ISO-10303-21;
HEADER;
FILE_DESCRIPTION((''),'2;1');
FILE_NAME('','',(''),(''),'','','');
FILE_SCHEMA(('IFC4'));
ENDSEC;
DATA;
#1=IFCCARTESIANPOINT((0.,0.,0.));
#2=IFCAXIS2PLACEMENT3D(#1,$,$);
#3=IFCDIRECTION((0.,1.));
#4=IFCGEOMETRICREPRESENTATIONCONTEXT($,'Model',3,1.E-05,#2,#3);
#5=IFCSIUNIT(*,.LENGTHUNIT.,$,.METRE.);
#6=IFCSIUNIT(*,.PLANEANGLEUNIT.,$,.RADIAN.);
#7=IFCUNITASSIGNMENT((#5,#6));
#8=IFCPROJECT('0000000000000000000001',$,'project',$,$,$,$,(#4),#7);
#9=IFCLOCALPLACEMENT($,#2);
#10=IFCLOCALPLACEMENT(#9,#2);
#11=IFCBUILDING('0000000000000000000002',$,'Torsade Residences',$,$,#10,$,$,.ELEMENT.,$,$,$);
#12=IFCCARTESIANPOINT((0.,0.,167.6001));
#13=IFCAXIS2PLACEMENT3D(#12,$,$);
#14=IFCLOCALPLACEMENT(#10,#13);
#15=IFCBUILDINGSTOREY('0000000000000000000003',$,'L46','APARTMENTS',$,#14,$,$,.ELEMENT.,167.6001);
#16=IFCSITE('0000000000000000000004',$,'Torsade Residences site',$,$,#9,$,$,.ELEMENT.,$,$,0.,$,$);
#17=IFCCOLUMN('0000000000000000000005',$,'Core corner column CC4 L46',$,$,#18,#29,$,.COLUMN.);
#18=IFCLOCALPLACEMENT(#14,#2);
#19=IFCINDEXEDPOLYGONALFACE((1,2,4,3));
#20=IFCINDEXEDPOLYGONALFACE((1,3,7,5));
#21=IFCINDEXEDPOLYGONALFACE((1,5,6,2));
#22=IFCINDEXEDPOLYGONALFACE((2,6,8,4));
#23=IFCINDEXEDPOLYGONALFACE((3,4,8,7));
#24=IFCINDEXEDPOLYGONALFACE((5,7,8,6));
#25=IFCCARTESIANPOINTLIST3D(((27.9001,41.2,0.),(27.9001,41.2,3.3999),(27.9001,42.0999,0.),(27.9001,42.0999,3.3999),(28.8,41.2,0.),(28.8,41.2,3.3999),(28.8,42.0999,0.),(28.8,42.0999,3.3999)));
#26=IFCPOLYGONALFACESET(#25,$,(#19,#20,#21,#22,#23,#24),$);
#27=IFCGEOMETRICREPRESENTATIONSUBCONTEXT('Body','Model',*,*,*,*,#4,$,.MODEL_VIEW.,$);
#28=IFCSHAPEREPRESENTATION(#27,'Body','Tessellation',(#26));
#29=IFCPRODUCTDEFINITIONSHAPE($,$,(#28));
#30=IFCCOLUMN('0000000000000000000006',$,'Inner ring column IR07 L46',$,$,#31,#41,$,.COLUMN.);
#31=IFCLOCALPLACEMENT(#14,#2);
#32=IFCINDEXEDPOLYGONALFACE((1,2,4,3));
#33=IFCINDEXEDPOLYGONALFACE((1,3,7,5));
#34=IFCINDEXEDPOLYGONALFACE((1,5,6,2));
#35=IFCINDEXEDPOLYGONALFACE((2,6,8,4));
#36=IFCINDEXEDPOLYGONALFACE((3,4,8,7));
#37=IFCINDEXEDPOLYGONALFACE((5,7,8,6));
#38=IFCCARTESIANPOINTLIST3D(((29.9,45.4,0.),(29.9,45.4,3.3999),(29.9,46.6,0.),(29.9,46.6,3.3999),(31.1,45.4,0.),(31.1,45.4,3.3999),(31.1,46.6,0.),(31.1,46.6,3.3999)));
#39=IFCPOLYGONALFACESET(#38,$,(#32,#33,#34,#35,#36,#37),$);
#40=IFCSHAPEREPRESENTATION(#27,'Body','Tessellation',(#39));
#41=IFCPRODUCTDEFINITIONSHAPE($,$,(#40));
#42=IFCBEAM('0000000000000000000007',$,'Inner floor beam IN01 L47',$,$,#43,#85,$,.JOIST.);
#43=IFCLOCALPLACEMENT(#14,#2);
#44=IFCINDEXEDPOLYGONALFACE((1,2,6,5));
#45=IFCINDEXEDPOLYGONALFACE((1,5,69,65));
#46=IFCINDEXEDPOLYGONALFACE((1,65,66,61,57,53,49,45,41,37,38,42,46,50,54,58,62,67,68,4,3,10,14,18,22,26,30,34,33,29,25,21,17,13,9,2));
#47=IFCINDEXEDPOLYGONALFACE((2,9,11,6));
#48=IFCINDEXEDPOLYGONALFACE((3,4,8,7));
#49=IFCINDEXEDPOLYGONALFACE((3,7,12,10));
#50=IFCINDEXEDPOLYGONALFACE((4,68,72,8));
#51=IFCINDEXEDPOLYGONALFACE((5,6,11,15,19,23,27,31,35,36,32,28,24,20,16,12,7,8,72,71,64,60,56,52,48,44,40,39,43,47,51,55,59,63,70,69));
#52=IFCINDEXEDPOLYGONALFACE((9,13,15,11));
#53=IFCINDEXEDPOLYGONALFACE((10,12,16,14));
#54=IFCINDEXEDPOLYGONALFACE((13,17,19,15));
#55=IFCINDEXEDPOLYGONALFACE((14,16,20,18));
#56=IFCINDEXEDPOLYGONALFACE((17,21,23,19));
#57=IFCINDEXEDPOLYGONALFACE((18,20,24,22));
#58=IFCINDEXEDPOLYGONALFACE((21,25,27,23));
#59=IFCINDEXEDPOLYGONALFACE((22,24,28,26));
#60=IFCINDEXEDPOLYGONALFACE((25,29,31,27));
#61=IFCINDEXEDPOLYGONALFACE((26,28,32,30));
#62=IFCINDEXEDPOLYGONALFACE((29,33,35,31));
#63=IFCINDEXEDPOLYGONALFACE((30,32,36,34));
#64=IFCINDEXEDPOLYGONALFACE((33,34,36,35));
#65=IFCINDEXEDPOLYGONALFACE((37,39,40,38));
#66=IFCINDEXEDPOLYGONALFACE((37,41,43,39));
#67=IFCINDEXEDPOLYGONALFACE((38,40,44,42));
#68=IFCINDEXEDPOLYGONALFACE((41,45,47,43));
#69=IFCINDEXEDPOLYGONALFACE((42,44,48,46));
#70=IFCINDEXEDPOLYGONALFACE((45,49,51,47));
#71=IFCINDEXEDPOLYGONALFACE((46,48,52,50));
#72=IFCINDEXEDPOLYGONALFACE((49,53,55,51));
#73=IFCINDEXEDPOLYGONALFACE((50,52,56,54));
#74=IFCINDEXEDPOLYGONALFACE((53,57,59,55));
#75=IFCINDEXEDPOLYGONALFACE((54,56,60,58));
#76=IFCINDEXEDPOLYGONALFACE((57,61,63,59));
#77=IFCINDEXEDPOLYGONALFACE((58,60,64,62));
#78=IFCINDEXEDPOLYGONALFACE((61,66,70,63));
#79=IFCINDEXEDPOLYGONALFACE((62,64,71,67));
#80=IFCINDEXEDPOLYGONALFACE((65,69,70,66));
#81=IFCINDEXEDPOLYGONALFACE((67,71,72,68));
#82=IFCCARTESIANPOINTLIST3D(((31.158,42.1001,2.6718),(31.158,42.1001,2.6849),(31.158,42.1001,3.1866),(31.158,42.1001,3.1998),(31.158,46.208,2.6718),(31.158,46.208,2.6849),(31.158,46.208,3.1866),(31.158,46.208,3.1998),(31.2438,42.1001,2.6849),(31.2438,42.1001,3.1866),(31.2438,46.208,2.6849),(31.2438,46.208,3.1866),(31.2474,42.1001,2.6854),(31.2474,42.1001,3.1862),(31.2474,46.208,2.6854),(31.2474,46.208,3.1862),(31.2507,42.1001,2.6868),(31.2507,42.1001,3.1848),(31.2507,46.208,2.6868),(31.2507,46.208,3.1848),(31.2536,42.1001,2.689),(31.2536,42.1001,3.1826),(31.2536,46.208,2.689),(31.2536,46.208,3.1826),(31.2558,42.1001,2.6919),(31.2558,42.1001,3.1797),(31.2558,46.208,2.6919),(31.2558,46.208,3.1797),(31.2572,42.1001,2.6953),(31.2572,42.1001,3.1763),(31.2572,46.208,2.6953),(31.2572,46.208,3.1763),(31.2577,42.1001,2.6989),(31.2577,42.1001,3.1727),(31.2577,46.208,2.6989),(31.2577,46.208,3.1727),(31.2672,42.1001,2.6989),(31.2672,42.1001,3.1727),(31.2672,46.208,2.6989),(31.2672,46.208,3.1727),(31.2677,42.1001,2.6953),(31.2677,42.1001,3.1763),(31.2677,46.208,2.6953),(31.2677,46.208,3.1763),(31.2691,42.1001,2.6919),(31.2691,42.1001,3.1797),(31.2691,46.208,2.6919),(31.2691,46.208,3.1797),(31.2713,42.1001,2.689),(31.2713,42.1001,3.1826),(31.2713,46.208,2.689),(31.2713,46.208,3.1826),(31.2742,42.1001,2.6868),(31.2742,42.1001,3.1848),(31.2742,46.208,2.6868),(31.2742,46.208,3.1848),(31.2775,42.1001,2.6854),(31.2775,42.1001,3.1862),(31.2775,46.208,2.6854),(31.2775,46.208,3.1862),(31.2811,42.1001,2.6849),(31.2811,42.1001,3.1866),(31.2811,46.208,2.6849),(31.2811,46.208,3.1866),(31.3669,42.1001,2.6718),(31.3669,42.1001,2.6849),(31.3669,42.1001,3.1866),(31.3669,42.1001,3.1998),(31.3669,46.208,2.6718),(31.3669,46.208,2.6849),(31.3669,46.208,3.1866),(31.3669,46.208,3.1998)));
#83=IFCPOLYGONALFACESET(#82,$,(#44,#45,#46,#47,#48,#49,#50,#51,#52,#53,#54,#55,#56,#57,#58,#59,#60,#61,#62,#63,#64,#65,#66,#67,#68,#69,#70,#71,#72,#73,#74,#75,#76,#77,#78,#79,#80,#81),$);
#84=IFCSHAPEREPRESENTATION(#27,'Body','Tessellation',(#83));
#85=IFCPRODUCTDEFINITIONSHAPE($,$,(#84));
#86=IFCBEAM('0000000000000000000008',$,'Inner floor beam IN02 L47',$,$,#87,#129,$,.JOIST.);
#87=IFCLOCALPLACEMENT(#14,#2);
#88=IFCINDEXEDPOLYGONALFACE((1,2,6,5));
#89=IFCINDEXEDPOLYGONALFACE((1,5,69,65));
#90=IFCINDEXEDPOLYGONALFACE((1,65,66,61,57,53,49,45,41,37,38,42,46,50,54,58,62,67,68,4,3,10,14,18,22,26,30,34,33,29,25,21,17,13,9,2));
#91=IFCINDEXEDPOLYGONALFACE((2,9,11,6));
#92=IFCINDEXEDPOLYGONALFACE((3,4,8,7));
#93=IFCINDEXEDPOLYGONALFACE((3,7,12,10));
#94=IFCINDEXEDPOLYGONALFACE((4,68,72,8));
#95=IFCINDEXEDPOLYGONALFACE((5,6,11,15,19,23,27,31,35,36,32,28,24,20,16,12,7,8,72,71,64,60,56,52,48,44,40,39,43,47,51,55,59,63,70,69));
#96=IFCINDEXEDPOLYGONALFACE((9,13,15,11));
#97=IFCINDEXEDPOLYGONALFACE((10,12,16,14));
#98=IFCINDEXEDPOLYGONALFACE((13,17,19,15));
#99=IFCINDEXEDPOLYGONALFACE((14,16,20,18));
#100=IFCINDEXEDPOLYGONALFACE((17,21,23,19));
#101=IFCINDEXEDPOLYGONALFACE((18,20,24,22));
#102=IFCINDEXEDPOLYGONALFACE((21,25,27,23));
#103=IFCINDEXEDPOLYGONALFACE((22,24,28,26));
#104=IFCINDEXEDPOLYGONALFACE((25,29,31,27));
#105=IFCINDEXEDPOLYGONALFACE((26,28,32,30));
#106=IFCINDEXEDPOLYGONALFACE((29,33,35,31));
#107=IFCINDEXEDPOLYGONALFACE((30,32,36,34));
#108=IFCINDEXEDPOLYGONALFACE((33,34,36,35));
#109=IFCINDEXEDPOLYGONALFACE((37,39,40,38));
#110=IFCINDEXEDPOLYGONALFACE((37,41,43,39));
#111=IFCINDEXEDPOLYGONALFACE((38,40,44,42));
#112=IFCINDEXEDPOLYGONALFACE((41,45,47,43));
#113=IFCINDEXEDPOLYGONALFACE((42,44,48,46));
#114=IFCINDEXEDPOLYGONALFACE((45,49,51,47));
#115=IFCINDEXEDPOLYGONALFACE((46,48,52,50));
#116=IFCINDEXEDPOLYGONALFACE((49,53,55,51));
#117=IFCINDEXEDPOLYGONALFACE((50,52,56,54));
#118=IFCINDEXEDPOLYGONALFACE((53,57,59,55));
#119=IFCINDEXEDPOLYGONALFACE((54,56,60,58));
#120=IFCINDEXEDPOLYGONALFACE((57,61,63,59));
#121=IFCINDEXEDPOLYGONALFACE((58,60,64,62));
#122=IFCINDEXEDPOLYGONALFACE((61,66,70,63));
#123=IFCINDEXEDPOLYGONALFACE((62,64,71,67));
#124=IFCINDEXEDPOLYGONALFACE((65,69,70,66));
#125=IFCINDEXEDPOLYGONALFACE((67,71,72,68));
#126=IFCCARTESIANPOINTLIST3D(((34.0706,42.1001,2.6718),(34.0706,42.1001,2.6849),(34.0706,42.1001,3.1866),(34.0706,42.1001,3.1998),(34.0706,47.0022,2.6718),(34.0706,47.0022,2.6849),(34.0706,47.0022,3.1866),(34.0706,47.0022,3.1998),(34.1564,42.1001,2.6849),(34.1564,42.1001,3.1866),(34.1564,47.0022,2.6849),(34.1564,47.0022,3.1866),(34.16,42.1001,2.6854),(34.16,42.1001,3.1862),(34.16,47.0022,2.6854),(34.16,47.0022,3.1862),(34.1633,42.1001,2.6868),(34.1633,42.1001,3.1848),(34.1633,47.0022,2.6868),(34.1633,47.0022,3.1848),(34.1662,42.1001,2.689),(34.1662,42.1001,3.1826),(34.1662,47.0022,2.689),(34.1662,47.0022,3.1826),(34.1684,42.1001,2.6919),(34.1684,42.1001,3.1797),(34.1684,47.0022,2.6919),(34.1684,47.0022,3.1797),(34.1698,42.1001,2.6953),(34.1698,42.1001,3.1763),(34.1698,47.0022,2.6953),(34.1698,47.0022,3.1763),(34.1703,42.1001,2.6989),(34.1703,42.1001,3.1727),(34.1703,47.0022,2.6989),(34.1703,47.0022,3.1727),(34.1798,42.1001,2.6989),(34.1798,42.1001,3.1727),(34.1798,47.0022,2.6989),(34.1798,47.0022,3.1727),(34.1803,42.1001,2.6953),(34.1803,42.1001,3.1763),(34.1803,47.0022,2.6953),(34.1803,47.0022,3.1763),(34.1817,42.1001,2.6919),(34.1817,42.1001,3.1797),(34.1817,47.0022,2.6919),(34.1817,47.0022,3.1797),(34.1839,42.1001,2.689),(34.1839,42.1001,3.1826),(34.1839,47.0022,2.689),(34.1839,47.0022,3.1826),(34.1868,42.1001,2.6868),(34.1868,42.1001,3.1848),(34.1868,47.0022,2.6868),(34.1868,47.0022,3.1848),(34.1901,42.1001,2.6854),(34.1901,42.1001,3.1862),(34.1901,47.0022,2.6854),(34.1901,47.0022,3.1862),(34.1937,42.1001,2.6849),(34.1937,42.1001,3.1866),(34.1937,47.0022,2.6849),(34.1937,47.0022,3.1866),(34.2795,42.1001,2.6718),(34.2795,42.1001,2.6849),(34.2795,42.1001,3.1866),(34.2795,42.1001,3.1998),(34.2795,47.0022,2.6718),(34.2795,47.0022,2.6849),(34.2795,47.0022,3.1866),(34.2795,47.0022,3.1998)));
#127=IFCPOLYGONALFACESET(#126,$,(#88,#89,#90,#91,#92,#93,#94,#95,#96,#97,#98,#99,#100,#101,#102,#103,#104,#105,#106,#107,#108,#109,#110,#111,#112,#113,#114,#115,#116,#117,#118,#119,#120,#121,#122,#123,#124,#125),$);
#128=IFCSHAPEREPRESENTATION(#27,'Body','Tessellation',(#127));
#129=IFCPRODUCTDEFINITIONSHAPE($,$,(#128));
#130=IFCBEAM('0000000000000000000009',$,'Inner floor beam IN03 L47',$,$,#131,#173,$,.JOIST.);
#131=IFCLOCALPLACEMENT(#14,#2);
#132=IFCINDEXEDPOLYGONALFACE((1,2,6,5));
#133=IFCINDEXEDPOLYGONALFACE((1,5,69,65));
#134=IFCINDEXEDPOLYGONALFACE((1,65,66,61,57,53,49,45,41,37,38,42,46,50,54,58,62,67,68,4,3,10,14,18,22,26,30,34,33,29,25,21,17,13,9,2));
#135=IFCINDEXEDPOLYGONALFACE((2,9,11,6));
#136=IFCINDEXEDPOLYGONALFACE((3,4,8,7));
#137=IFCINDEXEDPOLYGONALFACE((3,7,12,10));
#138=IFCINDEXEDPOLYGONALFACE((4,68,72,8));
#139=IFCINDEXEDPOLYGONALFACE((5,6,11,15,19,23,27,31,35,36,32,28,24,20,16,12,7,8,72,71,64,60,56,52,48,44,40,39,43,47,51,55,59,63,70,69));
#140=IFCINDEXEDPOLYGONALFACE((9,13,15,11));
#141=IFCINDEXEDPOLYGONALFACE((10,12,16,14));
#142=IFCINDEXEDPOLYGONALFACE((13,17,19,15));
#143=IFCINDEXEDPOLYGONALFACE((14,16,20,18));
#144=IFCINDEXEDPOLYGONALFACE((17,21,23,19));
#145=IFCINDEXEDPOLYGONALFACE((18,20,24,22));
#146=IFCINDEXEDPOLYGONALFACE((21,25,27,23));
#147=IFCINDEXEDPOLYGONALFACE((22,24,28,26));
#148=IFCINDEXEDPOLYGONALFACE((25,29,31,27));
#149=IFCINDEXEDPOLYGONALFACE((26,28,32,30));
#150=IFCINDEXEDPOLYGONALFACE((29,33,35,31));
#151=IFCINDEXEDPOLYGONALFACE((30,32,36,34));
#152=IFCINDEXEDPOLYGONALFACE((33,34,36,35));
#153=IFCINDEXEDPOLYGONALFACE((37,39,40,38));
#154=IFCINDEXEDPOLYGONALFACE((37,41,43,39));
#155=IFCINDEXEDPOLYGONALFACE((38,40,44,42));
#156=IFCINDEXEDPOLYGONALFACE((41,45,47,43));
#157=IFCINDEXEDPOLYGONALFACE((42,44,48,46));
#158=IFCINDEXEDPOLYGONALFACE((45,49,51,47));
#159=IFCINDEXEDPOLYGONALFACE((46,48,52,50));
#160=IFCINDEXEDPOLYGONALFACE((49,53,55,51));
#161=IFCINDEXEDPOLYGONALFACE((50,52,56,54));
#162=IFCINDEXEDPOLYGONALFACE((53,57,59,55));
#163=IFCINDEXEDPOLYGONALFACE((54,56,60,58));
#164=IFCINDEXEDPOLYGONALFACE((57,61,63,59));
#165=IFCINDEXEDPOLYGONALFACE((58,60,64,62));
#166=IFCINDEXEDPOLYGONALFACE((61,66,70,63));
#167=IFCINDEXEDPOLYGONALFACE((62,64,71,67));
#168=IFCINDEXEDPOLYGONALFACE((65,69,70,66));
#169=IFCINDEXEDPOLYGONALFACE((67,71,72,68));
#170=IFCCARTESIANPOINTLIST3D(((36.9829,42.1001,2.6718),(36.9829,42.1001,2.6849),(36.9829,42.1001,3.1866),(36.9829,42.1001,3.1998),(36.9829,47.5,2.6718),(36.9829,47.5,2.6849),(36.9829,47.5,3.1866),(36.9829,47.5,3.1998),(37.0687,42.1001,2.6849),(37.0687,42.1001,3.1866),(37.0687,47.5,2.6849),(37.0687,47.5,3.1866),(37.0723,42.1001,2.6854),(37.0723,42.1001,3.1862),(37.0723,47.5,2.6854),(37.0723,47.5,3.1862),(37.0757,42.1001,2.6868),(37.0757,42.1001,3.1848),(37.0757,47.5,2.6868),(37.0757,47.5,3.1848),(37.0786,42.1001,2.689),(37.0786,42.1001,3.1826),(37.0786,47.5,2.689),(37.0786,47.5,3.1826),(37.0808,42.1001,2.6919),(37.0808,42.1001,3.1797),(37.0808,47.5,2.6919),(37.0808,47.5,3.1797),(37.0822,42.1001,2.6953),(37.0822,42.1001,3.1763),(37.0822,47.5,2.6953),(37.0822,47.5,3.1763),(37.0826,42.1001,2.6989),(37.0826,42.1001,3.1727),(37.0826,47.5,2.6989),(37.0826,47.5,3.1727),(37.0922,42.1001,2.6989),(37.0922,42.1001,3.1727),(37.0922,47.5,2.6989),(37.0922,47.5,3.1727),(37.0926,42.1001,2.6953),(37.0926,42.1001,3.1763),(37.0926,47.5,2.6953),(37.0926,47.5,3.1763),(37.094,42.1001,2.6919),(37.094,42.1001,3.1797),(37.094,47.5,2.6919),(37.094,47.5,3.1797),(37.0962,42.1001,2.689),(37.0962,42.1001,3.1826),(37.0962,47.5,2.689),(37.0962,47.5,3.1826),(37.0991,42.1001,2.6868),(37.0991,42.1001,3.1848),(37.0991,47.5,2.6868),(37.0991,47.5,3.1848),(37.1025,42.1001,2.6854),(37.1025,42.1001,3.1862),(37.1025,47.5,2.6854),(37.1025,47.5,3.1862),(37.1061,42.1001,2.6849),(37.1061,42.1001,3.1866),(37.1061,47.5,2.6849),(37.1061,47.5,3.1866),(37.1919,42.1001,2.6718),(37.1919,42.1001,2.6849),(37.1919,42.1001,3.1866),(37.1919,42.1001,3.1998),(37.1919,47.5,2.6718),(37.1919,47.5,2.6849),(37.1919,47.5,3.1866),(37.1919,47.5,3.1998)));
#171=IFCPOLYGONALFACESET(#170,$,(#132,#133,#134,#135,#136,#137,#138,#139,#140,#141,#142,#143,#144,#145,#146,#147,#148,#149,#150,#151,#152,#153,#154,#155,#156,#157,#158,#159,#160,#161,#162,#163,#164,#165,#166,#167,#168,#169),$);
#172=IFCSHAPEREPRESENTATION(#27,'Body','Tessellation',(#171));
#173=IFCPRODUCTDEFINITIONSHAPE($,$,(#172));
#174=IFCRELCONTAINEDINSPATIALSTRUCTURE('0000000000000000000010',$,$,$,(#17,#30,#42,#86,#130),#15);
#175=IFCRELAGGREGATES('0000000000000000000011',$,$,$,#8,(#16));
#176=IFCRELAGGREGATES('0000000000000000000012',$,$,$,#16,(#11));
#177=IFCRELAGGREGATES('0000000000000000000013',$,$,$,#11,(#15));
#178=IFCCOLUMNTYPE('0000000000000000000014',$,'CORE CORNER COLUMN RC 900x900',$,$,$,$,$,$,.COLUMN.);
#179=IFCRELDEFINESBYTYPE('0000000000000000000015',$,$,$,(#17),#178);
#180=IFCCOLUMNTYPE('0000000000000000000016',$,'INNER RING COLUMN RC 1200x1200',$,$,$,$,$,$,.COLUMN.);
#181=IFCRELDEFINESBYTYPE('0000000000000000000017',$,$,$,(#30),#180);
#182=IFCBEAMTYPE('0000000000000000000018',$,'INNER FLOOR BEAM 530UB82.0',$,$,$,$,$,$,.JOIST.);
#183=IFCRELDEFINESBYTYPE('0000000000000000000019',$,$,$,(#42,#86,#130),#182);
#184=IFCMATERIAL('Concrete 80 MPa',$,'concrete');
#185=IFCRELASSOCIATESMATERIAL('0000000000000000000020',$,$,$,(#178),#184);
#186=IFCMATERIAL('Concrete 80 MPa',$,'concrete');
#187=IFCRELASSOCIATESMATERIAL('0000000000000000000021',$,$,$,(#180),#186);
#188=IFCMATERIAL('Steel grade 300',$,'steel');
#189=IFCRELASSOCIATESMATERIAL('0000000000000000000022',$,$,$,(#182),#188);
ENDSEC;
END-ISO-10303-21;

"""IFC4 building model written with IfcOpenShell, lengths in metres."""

from ifc_helpers import new_model, si_unit, direction, frame, origin, origin_2d, place, context, subcontext, project, spatial, rectangle, i_section, extrude, material, material_profile, profile_set, type_object, element, save


model = new_model("IFC4")

# Units and contexts
model_context = context("Model", 3, precision=1e-05, world=origin(), true_north=direction((0.0, 1.0)))
body_context = subcontext(model_context, "Body", "Model", "MODEL_VIEW")
ifc_project = project(units=[si_unit("LENGTHUNIT", "METRE"), si_unit("PLANEANGLEUNIT", "RADIAN")], contexts=[model_context])

# Site, building, storey
site_placement = place(None, origin())
site = spatial("IfcSite", under=ifc_project, at=site_placement, Name="Torsade Residences site", CompositionType="ELEMENT", RefElevation=0.0)
building_placement = place(site_placement, origin())
building = spatial("IfcBuilding", under=site, at=building_placement, Name="Torsade Residences", CompositionType="ELEMENT")
storey_placement = place(building_placement, frame((0.0, 0.0, 167.6001)))
storey = spatial("IfcBuildingStorey", under=building, at=storey_placement, Name="L46", Description="APARTMENTS", CompositionType="ELEMENT", Elevation=167.6001)

# Columns
ifc_material_1 = material(Name="Concrete 80 MPa", Category="concrete")
ifc_material_profile_1 = material_profile(ifc_material_1, rectangle(XDim=0.8999, YDim=0.8999, at=origin_2d()), Name="RC 900x900")
ifc_profile_set_1 = profile_set([ifc_material_profile_1], Name="Concrete 80 MPa")
column_type_1 = type_object("IfcColumnType", Name="CORE CORNER COLUMN RC 900x900", PredefinedType="COLUMN", material=ifc_profile_set_1)
column_1_placement = place(storey_placement, frame((28.3501, 41.6499, 0.0), z_axis=(0.0, 0.0, 1.0), x_axis=(1.0, 0.0, 0.0)))
element("IfcColumn", 1, at=column_1_placement, inside=storey, type_object=column_type_1, Name="Core corner column CC4 L46", PredefinedType="COLUMN", context=body_context, shape_type="SweptSolid", body=[
    extrude(rectangle(XDim=0.8999, YDim=0.8999, at=origin_2d()), origin(), (0.0, 0.0, 1.0), 3.3999),
])
ifc_material_2 = material(Name="Concrete 80 MPa", Category="concrete")
ifc_material_profile_2 = material_profile(ifc_material_2, rectangle(XDim=1.2, YDim=1.2, at=origin_2d()), Name="RC 1200x1200")
ifc_profile_set_2 = profile_set([ifc_material_profile_2], Name="Concrete 80 MPa")
column_type_2 = type_object("IfcColumnType", Name="INNER RING COLUMN RC 1200x1200", PredefinedType="COLUMN", material=ifc_profile_set_2)
column_2_placement = place(storey_placement, frame((30.5, 46.0, 0.0), z_axis=(0.0, 0.0, 1.0), x_axis=(1.0, 0.0, 0.0)))
element("IfcColumn", 2, at=column_2_placement, inside=storey, type_object=column_type_2, Name="Inner ring column IR07 L46", PredefinedType="COLUMN", context=body_context, shape_type="SweptSolid", body=[
    extrude(rectangle(XDim=1.2, YDim=1.2, at=origin_2d()), origin(), (0.0, 0.0, 1.0), 3.3999),
])

# Beams
ifc_material_3 = material(Name="Steel grade 300", Category="steel")
ifc_material_profile_3 = material_profile(ifc_material_3, i_section(OverallWidth=0.209, OverallDepth=0.5281, WebThickness=0.0095, FlangeThickness=0.0132, FilletRadius=0.0139, at=origin_2d()), Name="530UB82.0")
ifc_profile_set_3 = profile_set([ifc_material_profile_3], Name="Steel grade 300")
beam_type_1 = type_object("IfcBeamType", Name="INNER FLOOR BEAM 530UB82.0", PredefinedType="JOIST", material=ifc_profile_set_3)
beam_1_placement = place(storey_placement, frame((31.2625, 42.1001, 2.9358), z_axis=(0.0, 1.0, 0.0), x_axis=(-1.0, 0.0, 0.0)))
element("IfcBeam", 3, at=beam_1_placement, inside=storey, type_object=beam_type_1, Name="Inner floor beam IN01 L47", PredefinedType="JOIST", context=body_context, shape_type="SweptSolid", body=[
    extrude(i_section(OverallWidth=0.209, OverallDepth=0.5281, WebThickness=0.0095, FlangeThickness=0.0132, FilletRadius=0.0139, at=origin_2d()), origin(), (0.0, 0.0, 1.0), 4.1079),
])
beam_2_placement = place(storey_placement, frame((34.175, 42.1001, 2.9358), z_axis=(0.0, 1.0, 0.0), x_axis=(-1.0, 0.0, 0.0)))
element("IfcBeam", 4, at=beam_2_placement, inside=storey, type_object=beam_type_1, Name="Inner floor beam IN02 L47", PredefinedType="JOIST", context=body_context, shape_type="SweptSolid", body=[
    extrude(i_section(OverallWidth=0.209, OverallDepth=0.5281, WebThickness=0.0095, FlangeThickness=0.0132, FilletRadius=0.0139, at=origin_2d()), origin(), (0.0, 0.0, 1.0), 4.9021),
])
beam_3_placement = place(storey_placement, frame((37.0874, 42.1001, 2.9358), z_axis=(0.0, 1.0, 0.0), x_axis=(-1.0, 0.0, 0.0)))
element("IfcBeam", 5, at=beam_3_placement, inside=storey, type_object=beam_type_1, Name="Inner floor beam IN03 L47", PredefinedType="JOIST", context=body_context, shape_type="SweptSolid", body=[
    extrude(i_section(OverallWidth=0.209, OverallDepth=0.5281, WebThickness=0.0095, FlangeThickness=0.0132, FilletRadius=0.0139, at=origin_2d()), origin(), (0.0, 0.0, 1.0), 5.3999),
])

save(model, "model.ifc")
